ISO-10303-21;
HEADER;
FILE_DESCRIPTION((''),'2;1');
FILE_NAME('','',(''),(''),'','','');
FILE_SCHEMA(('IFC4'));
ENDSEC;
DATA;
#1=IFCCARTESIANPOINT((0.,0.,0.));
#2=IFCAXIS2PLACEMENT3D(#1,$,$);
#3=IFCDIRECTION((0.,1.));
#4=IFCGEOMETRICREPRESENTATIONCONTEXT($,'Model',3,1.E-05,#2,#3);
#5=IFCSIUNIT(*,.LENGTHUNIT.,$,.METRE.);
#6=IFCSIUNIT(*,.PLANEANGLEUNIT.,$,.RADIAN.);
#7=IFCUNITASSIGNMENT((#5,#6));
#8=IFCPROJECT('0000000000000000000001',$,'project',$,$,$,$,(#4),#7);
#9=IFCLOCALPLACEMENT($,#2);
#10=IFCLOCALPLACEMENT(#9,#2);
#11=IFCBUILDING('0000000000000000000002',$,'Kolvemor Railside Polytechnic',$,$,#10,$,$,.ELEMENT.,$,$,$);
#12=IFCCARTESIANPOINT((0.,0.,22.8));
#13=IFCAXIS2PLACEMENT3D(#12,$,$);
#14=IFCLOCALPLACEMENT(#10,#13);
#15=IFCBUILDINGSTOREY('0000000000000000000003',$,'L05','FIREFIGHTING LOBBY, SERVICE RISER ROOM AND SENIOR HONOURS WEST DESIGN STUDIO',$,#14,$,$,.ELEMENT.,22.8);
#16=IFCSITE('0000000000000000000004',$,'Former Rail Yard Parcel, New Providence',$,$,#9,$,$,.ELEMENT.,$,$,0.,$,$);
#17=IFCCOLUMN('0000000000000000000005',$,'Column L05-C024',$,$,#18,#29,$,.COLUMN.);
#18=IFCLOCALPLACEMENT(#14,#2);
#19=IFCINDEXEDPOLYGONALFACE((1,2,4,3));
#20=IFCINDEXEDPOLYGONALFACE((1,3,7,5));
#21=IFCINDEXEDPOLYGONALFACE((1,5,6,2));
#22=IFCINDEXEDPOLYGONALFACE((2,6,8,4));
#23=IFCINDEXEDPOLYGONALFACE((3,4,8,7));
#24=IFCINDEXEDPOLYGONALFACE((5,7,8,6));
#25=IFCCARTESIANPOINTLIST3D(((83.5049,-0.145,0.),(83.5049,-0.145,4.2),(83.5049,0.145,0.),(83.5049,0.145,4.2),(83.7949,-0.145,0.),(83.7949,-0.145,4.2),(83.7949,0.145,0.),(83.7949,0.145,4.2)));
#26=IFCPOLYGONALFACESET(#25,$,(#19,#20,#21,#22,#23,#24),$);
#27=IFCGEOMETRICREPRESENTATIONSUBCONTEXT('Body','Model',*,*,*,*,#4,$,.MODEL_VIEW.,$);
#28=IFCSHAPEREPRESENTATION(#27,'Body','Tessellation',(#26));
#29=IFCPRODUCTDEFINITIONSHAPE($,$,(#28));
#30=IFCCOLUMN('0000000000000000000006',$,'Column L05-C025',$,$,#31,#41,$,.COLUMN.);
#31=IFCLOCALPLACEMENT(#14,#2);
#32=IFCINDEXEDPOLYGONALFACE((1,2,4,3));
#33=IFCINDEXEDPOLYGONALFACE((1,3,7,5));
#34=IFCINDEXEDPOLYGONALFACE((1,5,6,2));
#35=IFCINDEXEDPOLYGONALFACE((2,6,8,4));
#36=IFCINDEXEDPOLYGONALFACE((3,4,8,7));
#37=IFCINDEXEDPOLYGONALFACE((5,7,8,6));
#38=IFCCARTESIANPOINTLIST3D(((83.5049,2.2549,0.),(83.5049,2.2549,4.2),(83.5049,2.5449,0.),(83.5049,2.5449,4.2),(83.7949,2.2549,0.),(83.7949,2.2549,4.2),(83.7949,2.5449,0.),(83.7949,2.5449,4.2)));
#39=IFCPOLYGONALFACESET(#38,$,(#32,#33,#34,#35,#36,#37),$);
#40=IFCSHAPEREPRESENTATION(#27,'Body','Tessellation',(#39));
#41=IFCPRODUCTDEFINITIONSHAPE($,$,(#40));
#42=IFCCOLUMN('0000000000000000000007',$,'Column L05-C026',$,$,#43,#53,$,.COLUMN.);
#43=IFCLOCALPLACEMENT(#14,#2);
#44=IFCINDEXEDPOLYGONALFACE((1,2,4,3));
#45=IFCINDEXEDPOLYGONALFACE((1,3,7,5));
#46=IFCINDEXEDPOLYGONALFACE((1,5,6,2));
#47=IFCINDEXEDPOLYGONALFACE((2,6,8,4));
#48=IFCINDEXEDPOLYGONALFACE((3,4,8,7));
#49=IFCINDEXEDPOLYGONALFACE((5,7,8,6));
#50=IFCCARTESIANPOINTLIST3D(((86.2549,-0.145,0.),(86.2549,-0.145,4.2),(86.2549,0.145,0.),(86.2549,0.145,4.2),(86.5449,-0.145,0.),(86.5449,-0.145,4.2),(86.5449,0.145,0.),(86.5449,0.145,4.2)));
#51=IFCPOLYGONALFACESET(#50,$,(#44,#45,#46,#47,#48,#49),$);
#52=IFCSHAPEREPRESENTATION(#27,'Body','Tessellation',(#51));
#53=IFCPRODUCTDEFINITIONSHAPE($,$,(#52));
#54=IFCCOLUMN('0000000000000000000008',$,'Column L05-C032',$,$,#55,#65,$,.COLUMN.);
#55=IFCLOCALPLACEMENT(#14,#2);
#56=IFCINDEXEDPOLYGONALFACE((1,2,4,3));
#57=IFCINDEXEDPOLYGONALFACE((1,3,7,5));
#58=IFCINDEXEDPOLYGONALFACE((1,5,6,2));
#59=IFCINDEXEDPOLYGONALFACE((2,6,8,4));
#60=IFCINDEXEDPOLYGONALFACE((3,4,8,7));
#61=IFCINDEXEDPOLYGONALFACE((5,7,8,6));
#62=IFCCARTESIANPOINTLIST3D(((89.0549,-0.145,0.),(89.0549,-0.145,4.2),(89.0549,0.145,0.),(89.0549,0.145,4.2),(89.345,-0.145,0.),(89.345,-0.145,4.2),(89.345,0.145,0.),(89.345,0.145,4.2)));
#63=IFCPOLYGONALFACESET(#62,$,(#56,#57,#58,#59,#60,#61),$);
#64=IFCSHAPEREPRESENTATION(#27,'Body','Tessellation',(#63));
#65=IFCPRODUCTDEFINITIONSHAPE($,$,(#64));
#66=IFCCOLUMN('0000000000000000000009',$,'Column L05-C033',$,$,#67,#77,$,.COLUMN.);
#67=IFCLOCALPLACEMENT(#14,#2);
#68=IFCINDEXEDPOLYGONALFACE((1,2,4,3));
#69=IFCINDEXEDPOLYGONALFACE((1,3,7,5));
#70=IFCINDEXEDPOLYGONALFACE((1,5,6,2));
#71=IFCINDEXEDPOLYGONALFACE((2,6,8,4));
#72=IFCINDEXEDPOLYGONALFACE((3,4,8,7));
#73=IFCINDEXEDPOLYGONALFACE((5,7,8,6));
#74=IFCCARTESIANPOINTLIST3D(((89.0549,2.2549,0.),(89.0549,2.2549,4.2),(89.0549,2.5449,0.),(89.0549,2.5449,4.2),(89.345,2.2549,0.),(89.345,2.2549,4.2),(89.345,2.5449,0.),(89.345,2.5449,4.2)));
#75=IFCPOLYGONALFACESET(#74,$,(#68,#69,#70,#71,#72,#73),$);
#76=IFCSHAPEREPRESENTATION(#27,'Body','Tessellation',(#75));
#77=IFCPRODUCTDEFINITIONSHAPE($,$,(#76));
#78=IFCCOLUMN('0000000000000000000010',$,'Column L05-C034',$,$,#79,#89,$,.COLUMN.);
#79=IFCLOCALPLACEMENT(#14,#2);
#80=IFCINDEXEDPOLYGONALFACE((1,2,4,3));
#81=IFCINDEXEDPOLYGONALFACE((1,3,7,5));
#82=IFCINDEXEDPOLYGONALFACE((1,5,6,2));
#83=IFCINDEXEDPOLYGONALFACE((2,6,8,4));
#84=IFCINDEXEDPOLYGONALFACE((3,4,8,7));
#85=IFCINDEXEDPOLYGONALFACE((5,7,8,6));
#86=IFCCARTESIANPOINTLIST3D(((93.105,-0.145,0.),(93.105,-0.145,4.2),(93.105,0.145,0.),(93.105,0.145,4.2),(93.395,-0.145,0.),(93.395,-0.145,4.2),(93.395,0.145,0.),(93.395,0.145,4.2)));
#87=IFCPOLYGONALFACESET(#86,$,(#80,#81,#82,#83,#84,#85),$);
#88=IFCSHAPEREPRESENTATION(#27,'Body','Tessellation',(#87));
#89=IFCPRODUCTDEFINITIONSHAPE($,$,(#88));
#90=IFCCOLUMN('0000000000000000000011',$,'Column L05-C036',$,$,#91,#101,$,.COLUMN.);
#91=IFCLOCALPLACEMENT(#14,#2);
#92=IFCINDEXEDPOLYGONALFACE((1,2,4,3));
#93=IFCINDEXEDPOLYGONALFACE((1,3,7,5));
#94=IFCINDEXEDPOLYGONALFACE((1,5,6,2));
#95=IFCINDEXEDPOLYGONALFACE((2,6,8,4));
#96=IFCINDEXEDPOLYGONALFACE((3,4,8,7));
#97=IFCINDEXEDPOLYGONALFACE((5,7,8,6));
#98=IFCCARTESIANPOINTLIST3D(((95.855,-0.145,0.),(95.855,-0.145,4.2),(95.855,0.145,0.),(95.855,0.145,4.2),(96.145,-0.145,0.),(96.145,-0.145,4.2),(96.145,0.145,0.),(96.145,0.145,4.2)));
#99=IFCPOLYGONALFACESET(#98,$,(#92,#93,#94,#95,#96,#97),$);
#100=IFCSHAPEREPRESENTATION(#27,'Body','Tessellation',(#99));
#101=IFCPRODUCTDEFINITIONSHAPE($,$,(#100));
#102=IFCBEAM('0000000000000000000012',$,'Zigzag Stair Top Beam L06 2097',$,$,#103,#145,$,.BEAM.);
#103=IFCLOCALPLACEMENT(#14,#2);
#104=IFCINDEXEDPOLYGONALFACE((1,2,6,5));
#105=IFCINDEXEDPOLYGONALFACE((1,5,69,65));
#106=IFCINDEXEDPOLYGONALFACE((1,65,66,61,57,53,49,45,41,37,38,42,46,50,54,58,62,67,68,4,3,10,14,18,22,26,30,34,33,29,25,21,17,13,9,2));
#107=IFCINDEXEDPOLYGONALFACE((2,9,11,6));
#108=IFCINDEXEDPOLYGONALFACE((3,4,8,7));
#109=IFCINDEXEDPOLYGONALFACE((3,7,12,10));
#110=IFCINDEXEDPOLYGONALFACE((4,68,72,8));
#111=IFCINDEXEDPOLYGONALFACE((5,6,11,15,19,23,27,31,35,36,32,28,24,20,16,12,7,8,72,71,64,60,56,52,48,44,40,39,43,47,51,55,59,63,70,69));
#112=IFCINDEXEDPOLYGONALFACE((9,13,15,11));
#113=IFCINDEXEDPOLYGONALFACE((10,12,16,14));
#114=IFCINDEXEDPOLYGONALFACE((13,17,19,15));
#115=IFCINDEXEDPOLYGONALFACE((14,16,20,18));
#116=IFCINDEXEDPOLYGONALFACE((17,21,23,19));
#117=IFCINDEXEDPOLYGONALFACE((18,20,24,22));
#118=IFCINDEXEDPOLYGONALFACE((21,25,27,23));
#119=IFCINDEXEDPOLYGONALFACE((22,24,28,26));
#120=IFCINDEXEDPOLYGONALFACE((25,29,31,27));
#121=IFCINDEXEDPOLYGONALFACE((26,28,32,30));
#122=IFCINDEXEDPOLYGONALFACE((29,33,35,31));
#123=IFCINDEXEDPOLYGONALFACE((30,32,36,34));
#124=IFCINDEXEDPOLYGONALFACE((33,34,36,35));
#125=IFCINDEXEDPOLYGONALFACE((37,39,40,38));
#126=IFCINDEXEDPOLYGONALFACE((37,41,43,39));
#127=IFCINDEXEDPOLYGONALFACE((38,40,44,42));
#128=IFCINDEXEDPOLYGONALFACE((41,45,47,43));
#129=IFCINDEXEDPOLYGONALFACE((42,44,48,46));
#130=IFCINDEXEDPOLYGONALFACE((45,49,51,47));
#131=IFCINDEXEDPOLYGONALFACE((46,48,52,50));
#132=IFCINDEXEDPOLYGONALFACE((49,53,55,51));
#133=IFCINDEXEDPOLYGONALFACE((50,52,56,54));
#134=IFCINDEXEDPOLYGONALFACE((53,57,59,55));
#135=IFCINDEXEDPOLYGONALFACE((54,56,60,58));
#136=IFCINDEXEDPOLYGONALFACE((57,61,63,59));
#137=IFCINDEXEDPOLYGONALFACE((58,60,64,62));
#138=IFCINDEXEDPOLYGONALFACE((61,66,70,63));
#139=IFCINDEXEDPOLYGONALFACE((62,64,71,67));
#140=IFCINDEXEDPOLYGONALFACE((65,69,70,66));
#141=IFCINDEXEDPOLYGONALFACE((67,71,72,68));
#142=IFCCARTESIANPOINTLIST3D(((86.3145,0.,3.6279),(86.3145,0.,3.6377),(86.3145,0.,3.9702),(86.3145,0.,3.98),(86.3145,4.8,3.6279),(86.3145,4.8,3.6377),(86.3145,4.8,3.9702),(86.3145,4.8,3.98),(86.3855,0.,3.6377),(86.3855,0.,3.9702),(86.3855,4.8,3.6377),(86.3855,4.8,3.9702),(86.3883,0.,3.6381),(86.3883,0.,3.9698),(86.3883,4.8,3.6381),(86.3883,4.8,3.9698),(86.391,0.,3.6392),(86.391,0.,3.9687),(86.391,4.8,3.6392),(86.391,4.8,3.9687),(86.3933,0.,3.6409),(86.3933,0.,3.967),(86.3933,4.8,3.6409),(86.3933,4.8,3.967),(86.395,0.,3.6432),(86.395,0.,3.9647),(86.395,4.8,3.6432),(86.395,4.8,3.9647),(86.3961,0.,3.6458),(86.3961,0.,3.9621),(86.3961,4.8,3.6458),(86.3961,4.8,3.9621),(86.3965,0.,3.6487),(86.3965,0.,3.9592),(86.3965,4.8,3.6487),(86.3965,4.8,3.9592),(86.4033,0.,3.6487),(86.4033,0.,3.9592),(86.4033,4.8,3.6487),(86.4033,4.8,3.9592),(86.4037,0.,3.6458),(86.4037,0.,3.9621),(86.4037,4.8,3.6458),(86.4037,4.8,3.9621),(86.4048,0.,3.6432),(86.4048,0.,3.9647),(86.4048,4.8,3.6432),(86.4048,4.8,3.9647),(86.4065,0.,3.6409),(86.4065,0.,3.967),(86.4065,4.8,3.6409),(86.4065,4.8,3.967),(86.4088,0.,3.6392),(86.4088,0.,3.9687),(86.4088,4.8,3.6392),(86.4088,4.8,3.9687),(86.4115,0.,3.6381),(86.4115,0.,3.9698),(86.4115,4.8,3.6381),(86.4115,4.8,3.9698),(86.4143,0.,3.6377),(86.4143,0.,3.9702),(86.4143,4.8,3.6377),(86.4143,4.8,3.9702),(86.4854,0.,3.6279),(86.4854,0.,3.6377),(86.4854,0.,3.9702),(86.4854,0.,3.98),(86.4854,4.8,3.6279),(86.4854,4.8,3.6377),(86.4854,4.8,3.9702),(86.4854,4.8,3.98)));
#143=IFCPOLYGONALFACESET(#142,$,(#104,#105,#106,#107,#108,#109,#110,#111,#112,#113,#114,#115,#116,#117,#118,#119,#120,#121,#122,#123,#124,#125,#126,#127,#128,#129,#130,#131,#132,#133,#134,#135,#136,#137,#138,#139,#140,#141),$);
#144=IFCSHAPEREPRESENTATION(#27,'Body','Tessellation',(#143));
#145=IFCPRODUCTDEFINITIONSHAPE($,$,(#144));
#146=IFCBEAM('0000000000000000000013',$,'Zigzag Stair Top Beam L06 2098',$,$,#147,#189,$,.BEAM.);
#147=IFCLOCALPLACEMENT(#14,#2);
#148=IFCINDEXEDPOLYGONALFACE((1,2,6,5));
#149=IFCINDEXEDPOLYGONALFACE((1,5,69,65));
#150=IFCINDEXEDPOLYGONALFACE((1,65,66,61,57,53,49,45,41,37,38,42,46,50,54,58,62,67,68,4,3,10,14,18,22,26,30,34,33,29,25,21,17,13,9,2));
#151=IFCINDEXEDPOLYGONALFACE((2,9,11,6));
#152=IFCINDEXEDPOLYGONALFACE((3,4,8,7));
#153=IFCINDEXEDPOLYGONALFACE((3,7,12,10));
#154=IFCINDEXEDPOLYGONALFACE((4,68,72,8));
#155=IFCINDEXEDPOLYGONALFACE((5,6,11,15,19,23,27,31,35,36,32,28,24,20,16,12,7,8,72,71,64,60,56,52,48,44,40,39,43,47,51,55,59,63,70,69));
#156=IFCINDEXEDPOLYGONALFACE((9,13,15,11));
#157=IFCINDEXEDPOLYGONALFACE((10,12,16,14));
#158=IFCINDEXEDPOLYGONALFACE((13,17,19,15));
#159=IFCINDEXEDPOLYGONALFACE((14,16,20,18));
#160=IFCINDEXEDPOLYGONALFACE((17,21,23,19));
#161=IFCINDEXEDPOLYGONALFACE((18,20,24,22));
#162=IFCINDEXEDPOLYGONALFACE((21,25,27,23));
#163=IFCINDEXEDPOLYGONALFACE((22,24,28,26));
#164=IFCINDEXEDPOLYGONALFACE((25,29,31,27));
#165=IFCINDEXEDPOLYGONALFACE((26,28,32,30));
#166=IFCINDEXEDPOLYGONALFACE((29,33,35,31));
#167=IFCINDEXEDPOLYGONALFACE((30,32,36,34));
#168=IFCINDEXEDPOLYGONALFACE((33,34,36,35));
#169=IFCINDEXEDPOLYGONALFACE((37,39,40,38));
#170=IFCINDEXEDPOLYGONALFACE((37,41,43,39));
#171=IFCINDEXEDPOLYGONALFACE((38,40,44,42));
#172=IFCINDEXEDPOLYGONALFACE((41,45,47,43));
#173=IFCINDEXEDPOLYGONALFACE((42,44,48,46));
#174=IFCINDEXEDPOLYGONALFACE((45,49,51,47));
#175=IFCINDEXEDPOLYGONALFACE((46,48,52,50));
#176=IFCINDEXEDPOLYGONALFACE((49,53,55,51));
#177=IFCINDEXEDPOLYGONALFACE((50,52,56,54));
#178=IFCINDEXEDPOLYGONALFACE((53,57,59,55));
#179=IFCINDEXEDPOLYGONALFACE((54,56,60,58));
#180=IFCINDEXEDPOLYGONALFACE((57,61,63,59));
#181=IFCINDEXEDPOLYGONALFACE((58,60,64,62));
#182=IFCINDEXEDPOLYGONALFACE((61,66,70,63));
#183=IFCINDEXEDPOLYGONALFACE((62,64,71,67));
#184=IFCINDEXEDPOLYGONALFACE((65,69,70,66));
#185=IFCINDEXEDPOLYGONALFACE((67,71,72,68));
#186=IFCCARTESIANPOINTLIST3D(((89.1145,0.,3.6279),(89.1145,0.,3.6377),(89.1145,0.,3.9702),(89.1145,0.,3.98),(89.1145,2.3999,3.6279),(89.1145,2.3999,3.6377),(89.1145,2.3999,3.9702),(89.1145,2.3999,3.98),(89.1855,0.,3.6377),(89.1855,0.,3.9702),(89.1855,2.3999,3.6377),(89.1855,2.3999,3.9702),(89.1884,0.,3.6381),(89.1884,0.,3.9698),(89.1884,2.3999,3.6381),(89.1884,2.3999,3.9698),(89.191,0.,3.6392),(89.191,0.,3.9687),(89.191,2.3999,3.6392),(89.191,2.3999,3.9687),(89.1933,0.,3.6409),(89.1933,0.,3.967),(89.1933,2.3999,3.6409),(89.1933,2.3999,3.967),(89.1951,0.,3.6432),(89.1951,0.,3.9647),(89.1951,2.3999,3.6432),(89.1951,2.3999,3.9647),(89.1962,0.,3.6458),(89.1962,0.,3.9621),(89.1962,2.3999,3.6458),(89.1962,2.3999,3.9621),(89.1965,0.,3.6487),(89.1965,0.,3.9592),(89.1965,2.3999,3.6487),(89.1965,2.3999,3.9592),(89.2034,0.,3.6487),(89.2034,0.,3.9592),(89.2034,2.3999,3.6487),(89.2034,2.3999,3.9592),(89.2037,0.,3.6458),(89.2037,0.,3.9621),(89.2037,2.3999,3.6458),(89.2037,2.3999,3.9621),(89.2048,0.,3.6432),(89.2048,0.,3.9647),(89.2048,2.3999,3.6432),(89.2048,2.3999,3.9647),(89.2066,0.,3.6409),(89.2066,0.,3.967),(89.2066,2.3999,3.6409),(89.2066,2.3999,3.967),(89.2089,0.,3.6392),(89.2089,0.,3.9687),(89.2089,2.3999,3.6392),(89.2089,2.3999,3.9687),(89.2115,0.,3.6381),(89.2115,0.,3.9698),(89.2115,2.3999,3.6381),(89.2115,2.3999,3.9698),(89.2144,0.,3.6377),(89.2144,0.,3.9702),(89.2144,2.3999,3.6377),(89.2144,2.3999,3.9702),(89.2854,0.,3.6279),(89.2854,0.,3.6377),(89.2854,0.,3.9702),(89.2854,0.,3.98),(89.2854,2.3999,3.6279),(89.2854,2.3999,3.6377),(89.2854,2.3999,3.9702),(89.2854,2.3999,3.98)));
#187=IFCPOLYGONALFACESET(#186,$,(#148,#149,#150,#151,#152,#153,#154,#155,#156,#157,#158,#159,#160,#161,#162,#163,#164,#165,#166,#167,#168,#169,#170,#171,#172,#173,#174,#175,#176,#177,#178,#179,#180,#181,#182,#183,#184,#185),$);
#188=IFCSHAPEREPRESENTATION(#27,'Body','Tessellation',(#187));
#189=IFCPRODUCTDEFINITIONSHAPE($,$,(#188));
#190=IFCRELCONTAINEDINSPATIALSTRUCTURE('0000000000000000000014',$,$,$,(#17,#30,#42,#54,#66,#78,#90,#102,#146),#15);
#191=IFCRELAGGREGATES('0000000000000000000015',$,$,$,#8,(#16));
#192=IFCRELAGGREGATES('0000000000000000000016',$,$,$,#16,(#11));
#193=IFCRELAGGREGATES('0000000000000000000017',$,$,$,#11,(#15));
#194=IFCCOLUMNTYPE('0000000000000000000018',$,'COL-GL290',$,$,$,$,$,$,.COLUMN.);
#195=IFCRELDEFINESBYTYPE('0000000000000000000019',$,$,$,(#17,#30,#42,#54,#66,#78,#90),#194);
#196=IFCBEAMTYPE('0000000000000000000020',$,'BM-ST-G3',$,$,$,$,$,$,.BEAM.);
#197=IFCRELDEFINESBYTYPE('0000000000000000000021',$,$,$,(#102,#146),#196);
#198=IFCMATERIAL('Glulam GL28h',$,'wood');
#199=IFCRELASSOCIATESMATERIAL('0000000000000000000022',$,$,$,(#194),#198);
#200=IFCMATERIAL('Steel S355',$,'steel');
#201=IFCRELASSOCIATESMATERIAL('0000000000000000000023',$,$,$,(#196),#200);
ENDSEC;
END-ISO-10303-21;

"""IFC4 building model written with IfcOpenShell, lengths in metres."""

from ifc_helpers import new_model, si_unit, direction, frame, origin, origin_2d, place, context, subcontext, project, spatial, rectangle, i_section, extrude, material, material_profile, profile_set, type_object, element, save


model = new_model("IFC4")

# Units and contexts
model_context = context("Model", 3, precision=1e-05, world=origin(), true_north=direction((0.0, 1.0)))
body_context = subcontext(model_context, "Body", "Model", "MODEL_VIEW")
ifc_project = project(units=[si_unit("LENGTHUNIT", "METRE"), si_unit("PLANEANGLEUNIT", "RADIAN")], contexts=[model_context])

# Site, building, storey
site_placement = place(None, origin())
site = spatial("IfcSite", under=ifc_project, at=site_placement, Name="Former Rail Yard Parcel, New Providence", CompositionType="ELEMENT", RefElevation=0.0)
building_placement = place(site_placement, origin())
building = spatial("IfcBuilding", under=site, at=building_placement, Name="Kolvemor Railside Polytechnic", CompositionType="ELEMENT")
storey_placement = place(building_placement, frame((0.0, 0.0, 22.8)))
storey = spatial("IfcBuildingStorey", under=building, at=storey_placement, Name="L05", Description="FIREFIGHTING LOBBY, SERVICE RISER ROOM AND SENIOR HONOURS WEST DESIGN STUDIO", CompositionType="ELEMENT", Elevation=22.8)

# Columns
ifc_material_1 = material(Name="Glulam GL28h", Category="wood")
ifc_material_profile_1 = material_profile(ifc_material_1, rectangle(XDim=0.29, YDim=0.29, at=origin_2d()), Name="GL290x290")
ifc_profile_set_1 = profile_set([ifc_material_profile_1], Name="Glulam GL28h")
column_type = type_object("IfcColumnType", Name="COL-GL290", PredefinedType="COLUMN", material=ifc_profile_set_1)
for number, where, z_axis, x_axis, name in (
    (1, (83.6499, 0.0, 0.0), (0.0, 0.0, 1.0), (1.0, 0.0, 0.0), "Column L05-C024"),
    (2, (83.6499, 2.3999, 0.0), (0.0, 0.0, 1.0), (1.0, 0.0, 0.0), "Column L05-C025"),
    (3, (86.3999, 0.0, 0.0), (0.0, 0.0, 1.0), (1.0, 0.0, 0.0), "Column L05-C026"),
    (4, (89.2, 0.0, 0.0), (0.0, 0.0, 1.0), (1.0, 0.0, 0.0), "Column L05-C032"),
    (5, (89.2, 2.3999, 0.0), (0.0, 0.0, 1.0), (1.0, 0.0, 0.0), "Column L05-C033"),
    (6, (93.25, 0.0, 0.0), (0.0, 0.0, 1.0), (1.0, 0.0, 0.0), "Column L05-C034"),
    (7, (96.0, 0.0, 0.0), (0.0, 0.0, 1.0), (1.0, 0.0, 0.0), "Column L05-C036"),
):
    element("IfcColumn", number, at=place(storey_placement, frame(where, z_axis=z_axis, x_axis=x_axis)), inside=storey, type_object=column_type, Name=name, PredefinedType="COLUMN", context=body_context, shape_type="SweptSolid", body=[
        extrude(rectangle(XDim=0.29, YDim=0.29, at=origin_2d()), origin(), (0.0, 0.0, 1.0), 4.2),
    ])

# Beams
ifc_material_2 = material(Name="Steel S355", Category="steel")
ifc_material_profile_2 = material_profile(ifc_material_2, i_section(OverallWidth=0.1709, OverallDepth=0.3521, WebThickness=0.0068, FlangeThickness=0.0098, FilletRadius=0.011, at=origin_2d()), Name="W360x44")
ifc_profile_set_2 = profile_set([ifc_material_profile_2], Name="Steel S355")
beam_type_1 = type_object("IfcBeamType", Name="BM-ST-G3", PredefinedType="BEAM", material=ifc_profile_set_2)
beam_1_placement = place(storey_placement, frame((86.3999, 0.0, 3.804), z_axis=(0.0, 1.0, 0.0), x_axis=(-1.0, 0.0, 0.0)))
element("IfcBeam", 8, at=beam_1_placement, inside=storey, type_object=beam_type_1, Name="Zigzag Stair Top Beam L06 2097", PredefinedType="BEAM", context=body_context, shape_type="SweptSolid", body=[
    extrude(i_section(OverallWidth=0.1709, OverallDepth=0.3521, WebThickness=0.0068, FlangeThickness=0.0098, FilletRadius=0.011, at=origin_2d()), origin(), (0.0, 0.0, 1.0), 4.8),
])
beam_2_placement = place(storey_placement, frame((89.2, 0.0, 3.804), z_axis=(0.0, 1.0, 0.0), x_axis=(-1.0, 0.0, 0.0)))
element("IfcBeam", 9, at=beam_2_placement, inside=storey, type_object=beam_type_1, Name="Zigzag Stair Top Beam L06 2098", PredefinedType="BEAM", context=body_context, shape_type="SweptSolid", body=[
    extrude(i_section(OverallWidth=0.1709, OverallDepth=0.3521, WebThickness=0.0068, FlangeThickness=0.0098, FilletRadius=0.011, at=origin_2d()), origin(), (0.0, 0.0, 1.0), 2.3999),
])

save(model, "model.ifc")
